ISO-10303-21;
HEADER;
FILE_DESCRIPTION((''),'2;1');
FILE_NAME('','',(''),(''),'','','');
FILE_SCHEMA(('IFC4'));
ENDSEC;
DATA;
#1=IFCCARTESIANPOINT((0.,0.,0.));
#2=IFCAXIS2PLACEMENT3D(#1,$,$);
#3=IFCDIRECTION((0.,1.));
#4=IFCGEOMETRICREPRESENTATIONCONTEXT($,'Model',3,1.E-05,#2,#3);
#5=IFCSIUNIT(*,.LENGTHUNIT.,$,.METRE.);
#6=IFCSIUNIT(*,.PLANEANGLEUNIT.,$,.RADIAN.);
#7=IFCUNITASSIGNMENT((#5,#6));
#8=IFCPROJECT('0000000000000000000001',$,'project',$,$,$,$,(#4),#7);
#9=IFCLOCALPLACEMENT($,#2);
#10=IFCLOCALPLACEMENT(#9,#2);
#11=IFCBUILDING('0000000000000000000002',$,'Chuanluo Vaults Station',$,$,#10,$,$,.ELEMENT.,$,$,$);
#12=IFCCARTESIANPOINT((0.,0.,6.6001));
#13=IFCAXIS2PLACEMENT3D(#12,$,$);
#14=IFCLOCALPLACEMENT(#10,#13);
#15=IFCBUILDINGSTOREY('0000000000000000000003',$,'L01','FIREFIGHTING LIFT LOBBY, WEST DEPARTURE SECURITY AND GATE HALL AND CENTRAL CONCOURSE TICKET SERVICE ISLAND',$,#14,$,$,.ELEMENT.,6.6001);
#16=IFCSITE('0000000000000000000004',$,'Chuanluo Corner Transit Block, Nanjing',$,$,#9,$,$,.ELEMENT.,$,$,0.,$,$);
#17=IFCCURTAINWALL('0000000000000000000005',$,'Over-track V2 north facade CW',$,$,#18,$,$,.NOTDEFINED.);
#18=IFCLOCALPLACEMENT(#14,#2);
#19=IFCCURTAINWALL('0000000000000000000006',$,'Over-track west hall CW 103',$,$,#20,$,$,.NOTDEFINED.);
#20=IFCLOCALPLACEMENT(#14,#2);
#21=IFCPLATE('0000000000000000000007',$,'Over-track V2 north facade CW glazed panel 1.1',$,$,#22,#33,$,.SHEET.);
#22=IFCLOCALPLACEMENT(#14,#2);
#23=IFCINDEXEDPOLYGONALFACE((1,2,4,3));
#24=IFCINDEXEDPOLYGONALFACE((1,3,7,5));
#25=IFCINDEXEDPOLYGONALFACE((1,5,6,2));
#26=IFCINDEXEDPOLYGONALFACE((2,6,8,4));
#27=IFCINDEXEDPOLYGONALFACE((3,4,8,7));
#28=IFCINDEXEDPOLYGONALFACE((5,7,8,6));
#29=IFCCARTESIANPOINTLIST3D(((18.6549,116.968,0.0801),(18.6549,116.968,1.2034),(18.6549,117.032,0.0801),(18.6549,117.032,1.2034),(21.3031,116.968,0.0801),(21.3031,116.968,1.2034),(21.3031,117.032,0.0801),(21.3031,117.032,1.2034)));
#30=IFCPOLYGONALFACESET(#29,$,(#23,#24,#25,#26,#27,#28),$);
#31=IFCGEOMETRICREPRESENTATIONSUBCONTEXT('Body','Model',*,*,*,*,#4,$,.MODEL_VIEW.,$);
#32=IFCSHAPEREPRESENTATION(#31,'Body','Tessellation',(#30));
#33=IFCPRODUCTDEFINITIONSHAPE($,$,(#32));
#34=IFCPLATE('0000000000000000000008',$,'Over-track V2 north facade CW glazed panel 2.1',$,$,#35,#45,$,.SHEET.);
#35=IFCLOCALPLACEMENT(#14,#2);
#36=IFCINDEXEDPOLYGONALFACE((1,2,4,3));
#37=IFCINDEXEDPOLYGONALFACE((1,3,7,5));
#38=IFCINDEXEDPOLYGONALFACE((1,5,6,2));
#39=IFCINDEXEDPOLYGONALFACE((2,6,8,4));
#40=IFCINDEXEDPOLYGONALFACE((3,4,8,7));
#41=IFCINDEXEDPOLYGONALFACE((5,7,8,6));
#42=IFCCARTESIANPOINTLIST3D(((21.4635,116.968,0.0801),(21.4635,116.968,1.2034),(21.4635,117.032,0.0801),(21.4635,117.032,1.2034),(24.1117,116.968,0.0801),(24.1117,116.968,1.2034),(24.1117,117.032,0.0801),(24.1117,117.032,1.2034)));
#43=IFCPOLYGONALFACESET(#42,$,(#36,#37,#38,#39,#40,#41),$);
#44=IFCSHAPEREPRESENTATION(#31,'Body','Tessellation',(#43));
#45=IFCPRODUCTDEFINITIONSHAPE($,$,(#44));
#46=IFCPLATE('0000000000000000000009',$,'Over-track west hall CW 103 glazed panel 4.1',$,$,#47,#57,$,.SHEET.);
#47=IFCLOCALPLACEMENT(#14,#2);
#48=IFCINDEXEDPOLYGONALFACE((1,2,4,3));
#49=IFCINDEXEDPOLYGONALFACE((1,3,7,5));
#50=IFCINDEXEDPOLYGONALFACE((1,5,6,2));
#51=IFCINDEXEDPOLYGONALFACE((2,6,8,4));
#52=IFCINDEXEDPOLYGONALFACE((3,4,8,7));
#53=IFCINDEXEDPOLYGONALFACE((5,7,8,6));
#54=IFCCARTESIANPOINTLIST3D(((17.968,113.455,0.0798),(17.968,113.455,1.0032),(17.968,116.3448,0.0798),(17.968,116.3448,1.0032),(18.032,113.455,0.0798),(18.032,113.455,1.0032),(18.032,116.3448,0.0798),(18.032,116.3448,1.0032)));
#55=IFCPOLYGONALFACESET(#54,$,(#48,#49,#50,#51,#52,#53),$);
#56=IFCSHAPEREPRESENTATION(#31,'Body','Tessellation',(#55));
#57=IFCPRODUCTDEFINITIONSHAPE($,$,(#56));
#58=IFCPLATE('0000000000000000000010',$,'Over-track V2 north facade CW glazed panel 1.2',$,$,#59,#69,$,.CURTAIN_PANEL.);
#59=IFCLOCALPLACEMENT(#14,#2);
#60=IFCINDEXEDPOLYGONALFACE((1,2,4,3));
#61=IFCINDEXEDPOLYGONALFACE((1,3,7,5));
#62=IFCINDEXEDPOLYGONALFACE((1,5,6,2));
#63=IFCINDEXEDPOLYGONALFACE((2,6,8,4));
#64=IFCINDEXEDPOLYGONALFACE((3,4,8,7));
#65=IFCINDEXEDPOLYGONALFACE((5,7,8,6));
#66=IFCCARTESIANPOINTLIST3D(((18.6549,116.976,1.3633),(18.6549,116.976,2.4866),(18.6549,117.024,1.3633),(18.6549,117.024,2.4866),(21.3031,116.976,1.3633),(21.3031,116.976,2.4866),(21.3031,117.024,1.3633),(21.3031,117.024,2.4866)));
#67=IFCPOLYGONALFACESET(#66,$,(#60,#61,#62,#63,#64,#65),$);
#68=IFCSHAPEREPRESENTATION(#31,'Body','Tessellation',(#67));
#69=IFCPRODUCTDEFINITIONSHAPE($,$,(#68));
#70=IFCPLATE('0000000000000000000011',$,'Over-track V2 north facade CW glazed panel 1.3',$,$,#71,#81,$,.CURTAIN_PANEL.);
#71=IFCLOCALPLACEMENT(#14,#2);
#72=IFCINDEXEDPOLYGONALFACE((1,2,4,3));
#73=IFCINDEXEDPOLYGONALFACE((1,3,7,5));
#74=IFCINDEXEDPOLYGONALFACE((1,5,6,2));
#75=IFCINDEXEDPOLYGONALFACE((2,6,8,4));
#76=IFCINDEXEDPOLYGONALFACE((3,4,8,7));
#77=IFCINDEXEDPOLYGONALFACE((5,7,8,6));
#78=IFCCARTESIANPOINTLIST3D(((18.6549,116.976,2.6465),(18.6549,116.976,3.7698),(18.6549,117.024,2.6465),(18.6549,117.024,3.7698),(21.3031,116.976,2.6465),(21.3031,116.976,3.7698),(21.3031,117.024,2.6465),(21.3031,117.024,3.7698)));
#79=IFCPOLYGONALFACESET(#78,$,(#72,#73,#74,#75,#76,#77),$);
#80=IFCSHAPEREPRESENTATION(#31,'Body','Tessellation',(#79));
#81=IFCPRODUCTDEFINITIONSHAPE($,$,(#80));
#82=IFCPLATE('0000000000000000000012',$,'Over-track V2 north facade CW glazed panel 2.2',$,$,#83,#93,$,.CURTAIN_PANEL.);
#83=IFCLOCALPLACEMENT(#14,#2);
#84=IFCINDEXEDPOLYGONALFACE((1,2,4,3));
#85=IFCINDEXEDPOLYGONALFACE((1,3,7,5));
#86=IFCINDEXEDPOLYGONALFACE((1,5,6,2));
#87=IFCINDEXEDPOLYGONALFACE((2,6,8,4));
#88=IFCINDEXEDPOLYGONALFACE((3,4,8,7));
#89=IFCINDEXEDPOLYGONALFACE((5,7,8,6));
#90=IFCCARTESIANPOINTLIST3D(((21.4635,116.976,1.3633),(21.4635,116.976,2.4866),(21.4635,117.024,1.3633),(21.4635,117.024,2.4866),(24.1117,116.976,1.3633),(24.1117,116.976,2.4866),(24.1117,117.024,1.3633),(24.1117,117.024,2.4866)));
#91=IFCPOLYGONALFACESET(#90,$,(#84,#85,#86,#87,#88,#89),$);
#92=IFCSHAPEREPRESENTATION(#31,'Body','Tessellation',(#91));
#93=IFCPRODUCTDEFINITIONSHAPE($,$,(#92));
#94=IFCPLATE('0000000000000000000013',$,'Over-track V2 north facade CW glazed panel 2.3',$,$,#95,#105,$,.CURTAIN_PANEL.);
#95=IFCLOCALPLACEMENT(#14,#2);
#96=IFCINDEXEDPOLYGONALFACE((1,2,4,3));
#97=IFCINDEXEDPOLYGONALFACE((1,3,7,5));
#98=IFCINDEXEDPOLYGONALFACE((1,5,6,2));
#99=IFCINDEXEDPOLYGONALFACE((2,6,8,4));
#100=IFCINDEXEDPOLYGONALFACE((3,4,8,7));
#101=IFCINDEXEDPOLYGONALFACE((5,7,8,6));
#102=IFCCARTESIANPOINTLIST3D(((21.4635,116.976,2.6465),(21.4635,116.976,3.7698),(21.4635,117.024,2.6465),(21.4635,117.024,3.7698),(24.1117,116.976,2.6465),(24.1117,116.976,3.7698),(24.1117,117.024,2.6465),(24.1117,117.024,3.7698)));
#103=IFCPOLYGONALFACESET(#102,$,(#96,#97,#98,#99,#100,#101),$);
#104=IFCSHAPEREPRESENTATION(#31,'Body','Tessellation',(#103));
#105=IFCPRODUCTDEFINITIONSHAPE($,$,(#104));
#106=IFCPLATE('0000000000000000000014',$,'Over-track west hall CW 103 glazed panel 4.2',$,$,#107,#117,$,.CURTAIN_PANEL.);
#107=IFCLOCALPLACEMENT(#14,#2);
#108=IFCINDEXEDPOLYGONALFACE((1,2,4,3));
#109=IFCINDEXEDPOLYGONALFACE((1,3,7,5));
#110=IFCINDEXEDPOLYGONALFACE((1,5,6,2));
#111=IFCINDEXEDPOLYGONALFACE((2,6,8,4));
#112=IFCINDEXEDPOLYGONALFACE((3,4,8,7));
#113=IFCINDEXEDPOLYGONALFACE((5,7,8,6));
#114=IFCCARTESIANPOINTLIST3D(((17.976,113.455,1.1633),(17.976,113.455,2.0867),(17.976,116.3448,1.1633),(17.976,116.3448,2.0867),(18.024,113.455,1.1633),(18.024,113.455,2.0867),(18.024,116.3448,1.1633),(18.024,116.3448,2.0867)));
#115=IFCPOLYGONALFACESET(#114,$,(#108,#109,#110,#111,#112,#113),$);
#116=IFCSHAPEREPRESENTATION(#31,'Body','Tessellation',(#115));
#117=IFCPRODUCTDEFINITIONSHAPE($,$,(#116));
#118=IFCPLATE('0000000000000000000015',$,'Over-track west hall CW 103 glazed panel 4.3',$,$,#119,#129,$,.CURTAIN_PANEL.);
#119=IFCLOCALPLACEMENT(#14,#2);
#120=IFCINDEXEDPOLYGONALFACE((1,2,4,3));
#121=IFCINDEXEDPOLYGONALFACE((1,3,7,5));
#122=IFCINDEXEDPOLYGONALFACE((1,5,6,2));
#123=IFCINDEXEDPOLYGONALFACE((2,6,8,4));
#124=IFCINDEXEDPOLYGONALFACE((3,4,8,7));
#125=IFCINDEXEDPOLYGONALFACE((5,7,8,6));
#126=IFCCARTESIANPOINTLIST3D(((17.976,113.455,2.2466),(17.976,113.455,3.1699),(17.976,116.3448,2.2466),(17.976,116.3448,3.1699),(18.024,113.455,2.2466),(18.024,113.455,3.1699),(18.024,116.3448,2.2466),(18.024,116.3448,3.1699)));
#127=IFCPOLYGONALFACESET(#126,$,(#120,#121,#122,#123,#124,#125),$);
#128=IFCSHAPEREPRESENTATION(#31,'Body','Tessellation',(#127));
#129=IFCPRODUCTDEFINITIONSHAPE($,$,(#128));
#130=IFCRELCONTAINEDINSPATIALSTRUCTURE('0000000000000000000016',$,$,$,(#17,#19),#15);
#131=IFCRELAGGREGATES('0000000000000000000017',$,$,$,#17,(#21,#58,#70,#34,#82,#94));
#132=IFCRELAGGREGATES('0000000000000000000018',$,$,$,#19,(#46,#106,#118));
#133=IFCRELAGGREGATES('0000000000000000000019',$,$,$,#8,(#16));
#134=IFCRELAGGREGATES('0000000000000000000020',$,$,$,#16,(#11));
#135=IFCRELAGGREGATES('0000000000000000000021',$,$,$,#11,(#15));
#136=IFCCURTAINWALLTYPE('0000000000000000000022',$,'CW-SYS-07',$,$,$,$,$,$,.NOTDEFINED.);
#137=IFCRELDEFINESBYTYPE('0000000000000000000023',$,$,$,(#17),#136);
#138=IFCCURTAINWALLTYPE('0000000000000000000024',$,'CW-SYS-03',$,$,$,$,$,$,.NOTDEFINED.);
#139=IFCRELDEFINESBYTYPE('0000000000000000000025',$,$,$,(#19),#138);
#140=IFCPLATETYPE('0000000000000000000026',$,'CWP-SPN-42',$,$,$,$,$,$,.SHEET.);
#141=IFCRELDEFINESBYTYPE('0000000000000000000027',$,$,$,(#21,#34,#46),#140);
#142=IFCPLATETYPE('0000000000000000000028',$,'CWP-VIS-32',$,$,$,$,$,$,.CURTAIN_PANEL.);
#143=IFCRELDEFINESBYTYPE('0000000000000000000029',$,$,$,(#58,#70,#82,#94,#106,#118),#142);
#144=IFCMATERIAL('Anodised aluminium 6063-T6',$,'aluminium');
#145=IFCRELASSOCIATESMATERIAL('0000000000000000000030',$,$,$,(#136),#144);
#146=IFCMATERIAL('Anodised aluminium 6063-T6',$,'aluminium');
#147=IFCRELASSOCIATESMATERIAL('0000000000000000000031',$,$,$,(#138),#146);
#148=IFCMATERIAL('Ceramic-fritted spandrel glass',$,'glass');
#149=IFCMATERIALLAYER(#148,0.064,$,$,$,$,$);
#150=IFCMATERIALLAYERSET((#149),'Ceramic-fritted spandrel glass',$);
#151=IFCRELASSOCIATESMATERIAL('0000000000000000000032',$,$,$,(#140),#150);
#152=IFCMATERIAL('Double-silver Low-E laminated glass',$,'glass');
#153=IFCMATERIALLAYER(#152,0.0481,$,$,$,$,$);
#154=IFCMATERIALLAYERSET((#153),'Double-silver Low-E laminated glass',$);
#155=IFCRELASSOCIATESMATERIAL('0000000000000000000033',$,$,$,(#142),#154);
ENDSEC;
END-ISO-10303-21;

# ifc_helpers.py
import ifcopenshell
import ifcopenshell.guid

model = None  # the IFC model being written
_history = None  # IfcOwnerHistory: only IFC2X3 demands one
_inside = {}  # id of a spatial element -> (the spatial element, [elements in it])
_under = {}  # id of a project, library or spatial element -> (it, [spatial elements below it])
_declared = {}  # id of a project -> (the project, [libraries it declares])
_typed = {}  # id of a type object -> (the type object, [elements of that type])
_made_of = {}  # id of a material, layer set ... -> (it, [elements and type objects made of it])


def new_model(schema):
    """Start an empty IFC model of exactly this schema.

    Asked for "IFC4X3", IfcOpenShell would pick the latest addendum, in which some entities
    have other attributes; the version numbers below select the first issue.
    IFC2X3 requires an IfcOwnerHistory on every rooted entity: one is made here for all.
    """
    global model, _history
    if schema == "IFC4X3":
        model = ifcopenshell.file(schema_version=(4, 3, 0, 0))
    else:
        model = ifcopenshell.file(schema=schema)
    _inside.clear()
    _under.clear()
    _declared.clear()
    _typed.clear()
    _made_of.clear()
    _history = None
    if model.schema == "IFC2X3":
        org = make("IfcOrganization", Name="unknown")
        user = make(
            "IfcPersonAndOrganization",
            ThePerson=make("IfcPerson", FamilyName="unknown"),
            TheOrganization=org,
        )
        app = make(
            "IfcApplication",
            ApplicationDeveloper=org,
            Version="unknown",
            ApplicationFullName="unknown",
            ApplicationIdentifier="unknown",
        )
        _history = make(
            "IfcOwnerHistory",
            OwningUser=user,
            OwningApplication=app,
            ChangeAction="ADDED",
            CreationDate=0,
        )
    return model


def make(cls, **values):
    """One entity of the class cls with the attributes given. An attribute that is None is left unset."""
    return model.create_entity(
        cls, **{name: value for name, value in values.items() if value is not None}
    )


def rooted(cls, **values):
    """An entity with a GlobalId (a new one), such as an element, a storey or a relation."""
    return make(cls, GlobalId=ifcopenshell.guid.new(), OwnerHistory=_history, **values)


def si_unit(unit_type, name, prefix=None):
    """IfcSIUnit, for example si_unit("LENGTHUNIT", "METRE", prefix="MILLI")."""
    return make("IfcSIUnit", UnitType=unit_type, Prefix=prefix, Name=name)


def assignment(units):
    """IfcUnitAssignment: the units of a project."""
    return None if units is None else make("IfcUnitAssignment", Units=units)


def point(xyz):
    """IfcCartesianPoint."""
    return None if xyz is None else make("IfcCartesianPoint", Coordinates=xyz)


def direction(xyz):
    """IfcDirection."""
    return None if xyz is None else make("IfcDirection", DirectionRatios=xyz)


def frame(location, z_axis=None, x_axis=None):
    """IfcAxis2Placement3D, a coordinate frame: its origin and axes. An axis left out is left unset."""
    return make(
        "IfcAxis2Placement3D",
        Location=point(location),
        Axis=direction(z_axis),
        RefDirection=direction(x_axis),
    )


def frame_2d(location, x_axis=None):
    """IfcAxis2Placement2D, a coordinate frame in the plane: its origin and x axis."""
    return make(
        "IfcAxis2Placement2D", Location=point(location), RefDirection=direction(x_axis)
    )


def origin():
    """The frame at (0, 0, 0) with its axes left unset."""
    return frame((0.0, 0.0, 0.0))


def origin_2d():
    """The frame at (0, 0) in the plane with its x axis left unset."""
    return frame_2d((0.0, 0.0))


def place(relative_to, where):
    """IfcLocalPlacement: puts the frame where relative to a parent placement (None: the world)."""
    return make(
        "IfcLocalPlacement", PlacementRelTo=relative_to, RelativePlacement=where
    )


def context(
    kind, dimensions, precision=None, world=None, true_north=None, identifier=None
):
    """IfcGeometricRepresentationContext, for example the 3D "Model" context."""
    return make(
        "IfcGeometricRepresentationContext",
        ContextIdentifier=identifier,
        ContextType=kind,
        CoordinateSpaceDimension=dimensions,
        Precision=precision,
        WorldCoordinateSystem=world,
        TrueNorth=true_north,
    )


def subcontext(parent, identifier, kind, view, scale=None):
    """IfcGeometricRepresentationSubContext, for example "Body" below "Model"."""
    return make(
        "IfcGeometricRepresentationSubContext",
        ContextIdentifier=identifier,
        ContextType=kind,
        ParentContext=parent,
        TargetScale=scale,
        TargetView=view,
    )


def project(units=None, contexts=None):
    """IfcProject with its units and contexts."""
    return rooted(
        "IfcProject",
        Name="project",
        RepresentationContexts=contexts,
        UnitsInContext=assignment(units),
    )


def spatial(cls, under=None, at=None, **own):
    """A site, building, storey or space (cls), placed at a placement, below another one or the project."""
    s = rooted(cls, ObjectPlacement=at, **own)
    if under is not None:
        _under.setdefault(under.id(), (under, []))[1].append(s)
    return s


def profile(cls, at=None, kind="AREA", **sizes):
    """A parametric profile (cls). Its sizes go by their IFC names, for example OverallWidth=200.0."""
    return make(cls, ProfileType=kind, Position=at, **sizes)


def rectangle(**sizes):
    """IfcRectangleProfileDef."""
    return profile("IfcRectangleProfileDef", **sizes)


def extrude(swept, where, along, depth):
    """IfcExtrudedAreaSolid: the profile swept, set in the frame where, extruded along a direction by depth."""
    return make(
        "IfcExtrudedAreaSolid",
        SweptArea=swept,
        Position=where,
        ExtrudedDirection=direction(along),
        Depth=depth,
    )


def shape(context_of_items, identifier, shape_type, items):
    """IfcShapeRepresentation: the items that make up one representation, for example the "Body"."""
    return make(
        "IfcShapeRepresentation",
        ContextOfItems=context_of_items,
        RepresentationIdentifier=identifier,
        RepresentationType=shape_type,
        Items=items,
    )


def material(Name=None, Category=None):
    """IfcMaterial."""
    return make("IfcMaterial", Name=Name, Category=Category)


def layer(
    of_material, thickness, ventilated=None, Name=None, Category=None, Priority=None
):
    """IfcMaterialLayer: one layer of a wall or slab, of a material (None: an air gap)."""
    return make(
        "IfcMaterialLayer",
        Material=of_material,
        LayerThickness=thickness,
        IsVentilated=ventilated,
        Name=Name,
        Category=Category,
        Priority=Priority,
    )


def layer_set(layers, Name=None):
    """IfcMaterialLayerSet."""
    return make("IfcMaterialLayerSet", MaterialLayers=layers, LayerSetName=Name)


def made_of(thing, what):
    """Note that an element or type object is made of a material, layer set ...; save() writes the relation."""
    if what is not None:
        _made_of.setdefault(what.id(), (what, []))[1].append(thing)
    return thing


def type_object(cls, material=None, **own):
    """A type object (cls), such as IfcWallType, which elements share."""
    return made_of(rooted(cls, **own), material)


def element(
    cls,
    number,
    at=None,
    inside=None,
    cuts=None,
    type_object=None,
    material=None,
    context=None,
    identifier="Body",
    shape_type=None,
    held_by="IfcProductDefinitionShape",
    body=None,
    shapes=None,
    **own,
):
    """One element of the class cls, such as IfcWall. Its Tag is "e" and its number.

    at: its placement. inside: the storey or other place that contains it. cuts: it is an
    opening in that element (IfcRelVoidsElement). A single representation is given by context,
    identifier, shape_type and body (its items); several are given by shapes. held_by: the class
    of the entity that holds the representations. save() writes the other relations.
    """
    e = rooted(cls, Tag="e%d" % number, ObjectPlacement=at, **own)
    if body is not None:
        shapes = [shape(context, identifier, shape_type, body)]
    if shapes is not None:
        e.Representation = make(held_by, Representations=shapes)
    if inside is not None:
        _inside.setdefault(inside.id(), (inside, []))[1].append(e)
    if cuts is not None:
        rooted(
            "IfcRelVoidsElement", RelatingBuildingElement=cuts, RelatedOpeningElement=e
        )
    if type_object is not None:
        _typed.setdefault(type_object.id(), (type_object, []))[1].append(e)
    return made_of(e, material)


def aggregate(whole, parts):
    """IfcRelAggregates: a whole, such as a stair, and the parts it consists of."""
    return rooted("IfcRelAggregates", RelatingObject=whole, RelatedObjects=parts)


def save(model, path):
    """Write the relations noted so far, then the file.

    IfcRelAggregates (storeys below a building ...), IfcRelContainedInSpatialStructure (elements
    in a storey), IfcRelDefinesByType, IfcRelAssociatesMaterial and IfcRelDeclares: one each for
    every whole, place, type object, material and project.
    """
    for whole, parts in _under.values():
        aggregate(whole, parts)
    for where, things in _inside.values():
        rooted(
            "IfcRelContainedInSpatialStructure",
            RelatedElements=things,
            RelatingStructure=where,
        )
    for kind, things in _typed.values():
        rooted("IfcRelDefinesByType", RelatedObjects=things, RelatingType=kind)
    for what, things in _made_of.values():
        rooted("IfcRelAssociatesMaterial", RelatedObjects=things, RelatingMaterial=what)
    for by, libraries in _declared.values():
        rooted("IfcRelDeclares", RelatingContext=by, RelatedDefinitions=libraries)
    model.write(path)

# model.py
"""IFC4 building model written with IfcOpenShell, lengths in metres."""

from ifc_helpers import new_model, si_unit, direction, frame, origin, origin_2d, place, context, subcontext, project, spatial, rectangle, extrude, material, layer, layer_set, type_object, element, aggregate, save


model = new_model("IFC4")

# Units and contexts
model_context = context("Model", 3, precision=1e-05, world=origin(), true_north=direction((0.0, 1.0)))
body_context = subcontext(model_context, "Body", "Model", "MODEL_VIEW")
ifc_project = project(units=[si_unit("LENGTHUNIT", "METRE"), si_unit("PLANEANGLEUNIT", "RADIAN")], contexts=[model_context])

# Site, building, storey
site_placement = place(None, origin())
site = spatial("IfcSite", under=ifc_project, at=site_placement, Name="Chuanluo Corner Transit Block, Nanjing", CompositionType="ELEMENT", RefElevation=0.0)
building_placement = place(site_placement, origin())
building = spatial("IfcBuilding", under=site, at=building_placement, Name="Chuanluo Vaults Station", CompositionType="ELEMENT")
storey_placement = place(building_placement, frame((0.0, 0.0, 6.6001)))
storey = spatial("IfcBuildingStorey", under=building, at=storey_placement, Name="L01", Description="FIREFIGHTING LIFT LOBBY, WEST DEPARTURE SECURITY AND GATE HALL AND CENTRAL CONCOURSE TICKET SERVICE ISLAND", CompositionType="ELEMENT", Elevation=6.6001)

# Curtain wall
ifc_material_1 = material(Name="Anodised aluminium 6063-T6", Category="aluminium")
curtain_wall_type_1 = type_object("IfcCurtainWallType", Name="CW-SYS-07", PredefinedType="NOTDEFINED", material=ifc_material_1)
curtain_wall_1_placement = place(storey_placement, origin())
curtain_wall_1 = element("IfcCurtainWall", 1, at=curtain_wall_1_placement, inside=storey, type_object=curtain_wall_type_1, Name="Over-track V2 north facade CW", PredefinedType="NOTDEFINED")

# Curtain wall
ifc_material_2 = material(Name="Anodised aluminium 6063-T6", Category="aluminium")
curtain_wall_type_2 = type_object("IfcCurtainWallType", Name="CW-SYS-03", PredefinedType="NOTDEFINED", material=ifc_material_2)
curtain_wall_2_placement = place(storey_placement, origin())
curtain_wall_2 = element("IfcCurtainWall", 2, at=curtain_wall_2_placement, inside=storey, type_object=curtain_wall_type_2, Name="Over-track west hall CW 103", PredefinedType="NOTDEFINED")

# Plates
ifc_material_3 = material(Name="Ceramic-fritted spandrel glass", Category="glass")
ifc_layer_1 = layer(ifc_material_3, 0.064)
ifc_layer_set_1 = layer_set([ifc_layer_1], Name="Ceramic-fritted spandrel glass")
plate_type_1 = type_object("IfcPlateType", Name="CWP-SPN-42", PredefinedType="SHEET", material=ifc_layer_set_1)
plate_1_placement = place(storey_placement, frame((19.979, 117.0, 0.0801), z_axis=(0.0, 0.0, 1.0), x_axis=(1.0, 0.0, 0.0)))
plate_1 = element("IfcPlate", 3, at=plate_1_placement, type_object=plate_type_1, Name="Over-track V2 north facade CW glazed panel 1.1", PredefinedType="SHEET", context=body_context, shape_type="SweptSolid", body=[
    extrude(rectangle(XDim=2.6482, YDim=0.064, at=origin_2d()), origin(), (0.0, 0.0, 1.0), 1.1233),
])
plate_2_placement = place(storey_placement, frame((22.7876, 117.0, 0.0801), z_axis=(0.0, 0.0, 1.0), x_axis=(1.0, 0.0, 0.0)))
plate_2 = element("IfcPlate", 4, at=plate_2_placement, type_object=plate_type_1, Name="Over-track V2 north facade CW glazed panel 2.1", PredefinedType="SHEET", context=body_context, shape_type="SweptSolid", body=[
    extrude(rectangle(XDim=2.6482, YDim=0.064, at=origin_2d()), origin(), (0.0, 0.0, 1.0), 1.1233),
])
plate_3_placement = place(storey_placement, frame((18.0, 114.8999, 0.0798), z_axis=(0.0, 0.0, 1.0), x_axis=(0.0, 1.0, 0.0)))
plate_3 = element("IfcPlate", 5, at=plate_3_placement, type_object=plate_type_1, Name="Over-track west hall CW 103 glazed panel 4.1", PredefinedType="SHEET", context=body_context, shape_type="SweptSolid", body=[
    extrude(rectangle(XDim=2.8899, YDim=0.064, at=origin_2d()), origin(), (0.0, 0.0, 1.0), 0.9233),
])
ifc_material_4 = material(Name="Double-silver Low-E laminated glass", Category="glass")
ifc_layer_2 = layer(ifc_material_4, 0.0481)
ifc_layer_set_2 = layer_set([ifc_layer_2], Name="Double-silver Low-E laminated glass")
plate_type_2 = type_object("IfcPlateType", Name="CWP-VIS-32", PredefinedType="CURTAIN_PANEL", material=ifc_layer_set_2)
plate_4_placement = place(storey_placement, frame((19.979, 117.0, 1.3633), z_axis=(0.0, 0.0, 1.0), x_axis=(1.0, 0.0, 0.0)))
plate_4 = element("IfcPlate", 6, at=plate_4_placement, type_object=plate_type_2, Name="Over-track V2 north facade CW glazed panel 1.2", PredefinedType="CURTAIN_PANEL", context=body_context, shape_type="SweptSolid", body=[
    extrude(rectangle(XDim=2.6482, YDim=0.0481, at=origin_2d()), origin(), (0.0, 0.0, 1.0), 1.1233),
])
plate_5_placement = place(storey_placement, frame((19.979, 117.0, 2.6465), z_axis=(0.0, 0.0, 1.0), x_axis=(1.0, 0.0, 0.0)))
plate_5 = element("IfcPlate", 7, at=plate_5_placement, type_object=plate_type_2, Name="Over-track V2 north facade CW glazed panel 1.3", PredefinedType="CURTAIN_PANEL", context=body_context, shape_type="SweptSolid", body=[
    extrude(rectangle(XDim=2.6482, YDim=0.0481, at=origin_2d()), origin(), (0.0, 0.0, 1.0), 1.1233),
])
plate_6_placement = place(storey_placement, frame((22.7876, 117.0, 1.3633), z_axis=(0.0, 0.0, 1.0), x_axis=(1.0, 0.0, 0.0)))
plate_6 = element("IfcPlate", 8, at=plate_6_placement, type_object=plate_type_2, Name="Over-track V2 north facade CW glazed panel 2.2", PredefinedType="CURTAIN_PANEL", context=body_context, shape_type="SweptSolid", body=[
    extrude(rectangle(XDim=2.6482, YDim=0.0481, at=origin_2d()), origin(), (0.0, 0.0, 1.0), 1.1233),
])
plate_7_placement = place(storey_placement, frame((22.7876, 117.0, 2.6465), z_axis=(0.0, 0.0, 1.0), x_axis=(1.0, 0.0, 0.0)))
plate_7 = element("IfcPlate", 9, at=plate_7_placement, type_object=plate_type_2, Name="Over-track V2 north facade CW glazed panel 2.3", PredefinedType="CURTAIN_PANEL", context=body_context, shape_type="SweptSolid", body=[
    extrude(rectangle(XDim=2.6482, YDim=0.0481, at=origin_2d()), origin(), (0.0, 0.0, 1.0), 1.1233),
])
aggregate(curtain_wall_1, [plate_1, plate_4, plate_5, plate_2, plate_6, plate_7])
plate_8_placement = place(storey_placement, frame((18.0, 114.8999, 1.1633), z_axis=(0.0, 0.0, 1.0), x_axis=(0.0, 1.0, 0.0)))
plate_8 = element("IfcPlate", 10, at=plate_8_placement, type_object=plate_type_2, Name="Over-track west hall CW 103 glazed panel 4.2", PredefinedType="CURTAIN_PANEL", context=body_context, shape_type="SweptSolid", body=[
    extrude(rectangle(XDim=2.8899, YDim=0.0481, at=origin_2d()), origin(), (0.0, 0.0, 1.0), 0.9233),
])
plate_9_placement = place(storey_placement, frame((18.0, 114.8999, 2.2466), z_axis=(0.0, 0.0, 1.0), x_axis=(0.0, 1.0, 0.0)))
plate_9 = element("IfcPlate", 11, at=plate_9_placement, type_object=plate_type_2, Name="Over-track west hall CW 103 glazed panel 4.3", PredefinedType="CURTAIN_PANEL", context=body_context, shape_type="SweptSolid", body=[
    extrude(rectangle(XDim=2.8899, YDim=0.0481, at=origin_2d()), origin(), (0.0, 0.0, 1.0), 0.9233),
])
aggregate(curtain_wall_2, [plate_3, plate_8, plate_9])

save(model, "model.ifc")
